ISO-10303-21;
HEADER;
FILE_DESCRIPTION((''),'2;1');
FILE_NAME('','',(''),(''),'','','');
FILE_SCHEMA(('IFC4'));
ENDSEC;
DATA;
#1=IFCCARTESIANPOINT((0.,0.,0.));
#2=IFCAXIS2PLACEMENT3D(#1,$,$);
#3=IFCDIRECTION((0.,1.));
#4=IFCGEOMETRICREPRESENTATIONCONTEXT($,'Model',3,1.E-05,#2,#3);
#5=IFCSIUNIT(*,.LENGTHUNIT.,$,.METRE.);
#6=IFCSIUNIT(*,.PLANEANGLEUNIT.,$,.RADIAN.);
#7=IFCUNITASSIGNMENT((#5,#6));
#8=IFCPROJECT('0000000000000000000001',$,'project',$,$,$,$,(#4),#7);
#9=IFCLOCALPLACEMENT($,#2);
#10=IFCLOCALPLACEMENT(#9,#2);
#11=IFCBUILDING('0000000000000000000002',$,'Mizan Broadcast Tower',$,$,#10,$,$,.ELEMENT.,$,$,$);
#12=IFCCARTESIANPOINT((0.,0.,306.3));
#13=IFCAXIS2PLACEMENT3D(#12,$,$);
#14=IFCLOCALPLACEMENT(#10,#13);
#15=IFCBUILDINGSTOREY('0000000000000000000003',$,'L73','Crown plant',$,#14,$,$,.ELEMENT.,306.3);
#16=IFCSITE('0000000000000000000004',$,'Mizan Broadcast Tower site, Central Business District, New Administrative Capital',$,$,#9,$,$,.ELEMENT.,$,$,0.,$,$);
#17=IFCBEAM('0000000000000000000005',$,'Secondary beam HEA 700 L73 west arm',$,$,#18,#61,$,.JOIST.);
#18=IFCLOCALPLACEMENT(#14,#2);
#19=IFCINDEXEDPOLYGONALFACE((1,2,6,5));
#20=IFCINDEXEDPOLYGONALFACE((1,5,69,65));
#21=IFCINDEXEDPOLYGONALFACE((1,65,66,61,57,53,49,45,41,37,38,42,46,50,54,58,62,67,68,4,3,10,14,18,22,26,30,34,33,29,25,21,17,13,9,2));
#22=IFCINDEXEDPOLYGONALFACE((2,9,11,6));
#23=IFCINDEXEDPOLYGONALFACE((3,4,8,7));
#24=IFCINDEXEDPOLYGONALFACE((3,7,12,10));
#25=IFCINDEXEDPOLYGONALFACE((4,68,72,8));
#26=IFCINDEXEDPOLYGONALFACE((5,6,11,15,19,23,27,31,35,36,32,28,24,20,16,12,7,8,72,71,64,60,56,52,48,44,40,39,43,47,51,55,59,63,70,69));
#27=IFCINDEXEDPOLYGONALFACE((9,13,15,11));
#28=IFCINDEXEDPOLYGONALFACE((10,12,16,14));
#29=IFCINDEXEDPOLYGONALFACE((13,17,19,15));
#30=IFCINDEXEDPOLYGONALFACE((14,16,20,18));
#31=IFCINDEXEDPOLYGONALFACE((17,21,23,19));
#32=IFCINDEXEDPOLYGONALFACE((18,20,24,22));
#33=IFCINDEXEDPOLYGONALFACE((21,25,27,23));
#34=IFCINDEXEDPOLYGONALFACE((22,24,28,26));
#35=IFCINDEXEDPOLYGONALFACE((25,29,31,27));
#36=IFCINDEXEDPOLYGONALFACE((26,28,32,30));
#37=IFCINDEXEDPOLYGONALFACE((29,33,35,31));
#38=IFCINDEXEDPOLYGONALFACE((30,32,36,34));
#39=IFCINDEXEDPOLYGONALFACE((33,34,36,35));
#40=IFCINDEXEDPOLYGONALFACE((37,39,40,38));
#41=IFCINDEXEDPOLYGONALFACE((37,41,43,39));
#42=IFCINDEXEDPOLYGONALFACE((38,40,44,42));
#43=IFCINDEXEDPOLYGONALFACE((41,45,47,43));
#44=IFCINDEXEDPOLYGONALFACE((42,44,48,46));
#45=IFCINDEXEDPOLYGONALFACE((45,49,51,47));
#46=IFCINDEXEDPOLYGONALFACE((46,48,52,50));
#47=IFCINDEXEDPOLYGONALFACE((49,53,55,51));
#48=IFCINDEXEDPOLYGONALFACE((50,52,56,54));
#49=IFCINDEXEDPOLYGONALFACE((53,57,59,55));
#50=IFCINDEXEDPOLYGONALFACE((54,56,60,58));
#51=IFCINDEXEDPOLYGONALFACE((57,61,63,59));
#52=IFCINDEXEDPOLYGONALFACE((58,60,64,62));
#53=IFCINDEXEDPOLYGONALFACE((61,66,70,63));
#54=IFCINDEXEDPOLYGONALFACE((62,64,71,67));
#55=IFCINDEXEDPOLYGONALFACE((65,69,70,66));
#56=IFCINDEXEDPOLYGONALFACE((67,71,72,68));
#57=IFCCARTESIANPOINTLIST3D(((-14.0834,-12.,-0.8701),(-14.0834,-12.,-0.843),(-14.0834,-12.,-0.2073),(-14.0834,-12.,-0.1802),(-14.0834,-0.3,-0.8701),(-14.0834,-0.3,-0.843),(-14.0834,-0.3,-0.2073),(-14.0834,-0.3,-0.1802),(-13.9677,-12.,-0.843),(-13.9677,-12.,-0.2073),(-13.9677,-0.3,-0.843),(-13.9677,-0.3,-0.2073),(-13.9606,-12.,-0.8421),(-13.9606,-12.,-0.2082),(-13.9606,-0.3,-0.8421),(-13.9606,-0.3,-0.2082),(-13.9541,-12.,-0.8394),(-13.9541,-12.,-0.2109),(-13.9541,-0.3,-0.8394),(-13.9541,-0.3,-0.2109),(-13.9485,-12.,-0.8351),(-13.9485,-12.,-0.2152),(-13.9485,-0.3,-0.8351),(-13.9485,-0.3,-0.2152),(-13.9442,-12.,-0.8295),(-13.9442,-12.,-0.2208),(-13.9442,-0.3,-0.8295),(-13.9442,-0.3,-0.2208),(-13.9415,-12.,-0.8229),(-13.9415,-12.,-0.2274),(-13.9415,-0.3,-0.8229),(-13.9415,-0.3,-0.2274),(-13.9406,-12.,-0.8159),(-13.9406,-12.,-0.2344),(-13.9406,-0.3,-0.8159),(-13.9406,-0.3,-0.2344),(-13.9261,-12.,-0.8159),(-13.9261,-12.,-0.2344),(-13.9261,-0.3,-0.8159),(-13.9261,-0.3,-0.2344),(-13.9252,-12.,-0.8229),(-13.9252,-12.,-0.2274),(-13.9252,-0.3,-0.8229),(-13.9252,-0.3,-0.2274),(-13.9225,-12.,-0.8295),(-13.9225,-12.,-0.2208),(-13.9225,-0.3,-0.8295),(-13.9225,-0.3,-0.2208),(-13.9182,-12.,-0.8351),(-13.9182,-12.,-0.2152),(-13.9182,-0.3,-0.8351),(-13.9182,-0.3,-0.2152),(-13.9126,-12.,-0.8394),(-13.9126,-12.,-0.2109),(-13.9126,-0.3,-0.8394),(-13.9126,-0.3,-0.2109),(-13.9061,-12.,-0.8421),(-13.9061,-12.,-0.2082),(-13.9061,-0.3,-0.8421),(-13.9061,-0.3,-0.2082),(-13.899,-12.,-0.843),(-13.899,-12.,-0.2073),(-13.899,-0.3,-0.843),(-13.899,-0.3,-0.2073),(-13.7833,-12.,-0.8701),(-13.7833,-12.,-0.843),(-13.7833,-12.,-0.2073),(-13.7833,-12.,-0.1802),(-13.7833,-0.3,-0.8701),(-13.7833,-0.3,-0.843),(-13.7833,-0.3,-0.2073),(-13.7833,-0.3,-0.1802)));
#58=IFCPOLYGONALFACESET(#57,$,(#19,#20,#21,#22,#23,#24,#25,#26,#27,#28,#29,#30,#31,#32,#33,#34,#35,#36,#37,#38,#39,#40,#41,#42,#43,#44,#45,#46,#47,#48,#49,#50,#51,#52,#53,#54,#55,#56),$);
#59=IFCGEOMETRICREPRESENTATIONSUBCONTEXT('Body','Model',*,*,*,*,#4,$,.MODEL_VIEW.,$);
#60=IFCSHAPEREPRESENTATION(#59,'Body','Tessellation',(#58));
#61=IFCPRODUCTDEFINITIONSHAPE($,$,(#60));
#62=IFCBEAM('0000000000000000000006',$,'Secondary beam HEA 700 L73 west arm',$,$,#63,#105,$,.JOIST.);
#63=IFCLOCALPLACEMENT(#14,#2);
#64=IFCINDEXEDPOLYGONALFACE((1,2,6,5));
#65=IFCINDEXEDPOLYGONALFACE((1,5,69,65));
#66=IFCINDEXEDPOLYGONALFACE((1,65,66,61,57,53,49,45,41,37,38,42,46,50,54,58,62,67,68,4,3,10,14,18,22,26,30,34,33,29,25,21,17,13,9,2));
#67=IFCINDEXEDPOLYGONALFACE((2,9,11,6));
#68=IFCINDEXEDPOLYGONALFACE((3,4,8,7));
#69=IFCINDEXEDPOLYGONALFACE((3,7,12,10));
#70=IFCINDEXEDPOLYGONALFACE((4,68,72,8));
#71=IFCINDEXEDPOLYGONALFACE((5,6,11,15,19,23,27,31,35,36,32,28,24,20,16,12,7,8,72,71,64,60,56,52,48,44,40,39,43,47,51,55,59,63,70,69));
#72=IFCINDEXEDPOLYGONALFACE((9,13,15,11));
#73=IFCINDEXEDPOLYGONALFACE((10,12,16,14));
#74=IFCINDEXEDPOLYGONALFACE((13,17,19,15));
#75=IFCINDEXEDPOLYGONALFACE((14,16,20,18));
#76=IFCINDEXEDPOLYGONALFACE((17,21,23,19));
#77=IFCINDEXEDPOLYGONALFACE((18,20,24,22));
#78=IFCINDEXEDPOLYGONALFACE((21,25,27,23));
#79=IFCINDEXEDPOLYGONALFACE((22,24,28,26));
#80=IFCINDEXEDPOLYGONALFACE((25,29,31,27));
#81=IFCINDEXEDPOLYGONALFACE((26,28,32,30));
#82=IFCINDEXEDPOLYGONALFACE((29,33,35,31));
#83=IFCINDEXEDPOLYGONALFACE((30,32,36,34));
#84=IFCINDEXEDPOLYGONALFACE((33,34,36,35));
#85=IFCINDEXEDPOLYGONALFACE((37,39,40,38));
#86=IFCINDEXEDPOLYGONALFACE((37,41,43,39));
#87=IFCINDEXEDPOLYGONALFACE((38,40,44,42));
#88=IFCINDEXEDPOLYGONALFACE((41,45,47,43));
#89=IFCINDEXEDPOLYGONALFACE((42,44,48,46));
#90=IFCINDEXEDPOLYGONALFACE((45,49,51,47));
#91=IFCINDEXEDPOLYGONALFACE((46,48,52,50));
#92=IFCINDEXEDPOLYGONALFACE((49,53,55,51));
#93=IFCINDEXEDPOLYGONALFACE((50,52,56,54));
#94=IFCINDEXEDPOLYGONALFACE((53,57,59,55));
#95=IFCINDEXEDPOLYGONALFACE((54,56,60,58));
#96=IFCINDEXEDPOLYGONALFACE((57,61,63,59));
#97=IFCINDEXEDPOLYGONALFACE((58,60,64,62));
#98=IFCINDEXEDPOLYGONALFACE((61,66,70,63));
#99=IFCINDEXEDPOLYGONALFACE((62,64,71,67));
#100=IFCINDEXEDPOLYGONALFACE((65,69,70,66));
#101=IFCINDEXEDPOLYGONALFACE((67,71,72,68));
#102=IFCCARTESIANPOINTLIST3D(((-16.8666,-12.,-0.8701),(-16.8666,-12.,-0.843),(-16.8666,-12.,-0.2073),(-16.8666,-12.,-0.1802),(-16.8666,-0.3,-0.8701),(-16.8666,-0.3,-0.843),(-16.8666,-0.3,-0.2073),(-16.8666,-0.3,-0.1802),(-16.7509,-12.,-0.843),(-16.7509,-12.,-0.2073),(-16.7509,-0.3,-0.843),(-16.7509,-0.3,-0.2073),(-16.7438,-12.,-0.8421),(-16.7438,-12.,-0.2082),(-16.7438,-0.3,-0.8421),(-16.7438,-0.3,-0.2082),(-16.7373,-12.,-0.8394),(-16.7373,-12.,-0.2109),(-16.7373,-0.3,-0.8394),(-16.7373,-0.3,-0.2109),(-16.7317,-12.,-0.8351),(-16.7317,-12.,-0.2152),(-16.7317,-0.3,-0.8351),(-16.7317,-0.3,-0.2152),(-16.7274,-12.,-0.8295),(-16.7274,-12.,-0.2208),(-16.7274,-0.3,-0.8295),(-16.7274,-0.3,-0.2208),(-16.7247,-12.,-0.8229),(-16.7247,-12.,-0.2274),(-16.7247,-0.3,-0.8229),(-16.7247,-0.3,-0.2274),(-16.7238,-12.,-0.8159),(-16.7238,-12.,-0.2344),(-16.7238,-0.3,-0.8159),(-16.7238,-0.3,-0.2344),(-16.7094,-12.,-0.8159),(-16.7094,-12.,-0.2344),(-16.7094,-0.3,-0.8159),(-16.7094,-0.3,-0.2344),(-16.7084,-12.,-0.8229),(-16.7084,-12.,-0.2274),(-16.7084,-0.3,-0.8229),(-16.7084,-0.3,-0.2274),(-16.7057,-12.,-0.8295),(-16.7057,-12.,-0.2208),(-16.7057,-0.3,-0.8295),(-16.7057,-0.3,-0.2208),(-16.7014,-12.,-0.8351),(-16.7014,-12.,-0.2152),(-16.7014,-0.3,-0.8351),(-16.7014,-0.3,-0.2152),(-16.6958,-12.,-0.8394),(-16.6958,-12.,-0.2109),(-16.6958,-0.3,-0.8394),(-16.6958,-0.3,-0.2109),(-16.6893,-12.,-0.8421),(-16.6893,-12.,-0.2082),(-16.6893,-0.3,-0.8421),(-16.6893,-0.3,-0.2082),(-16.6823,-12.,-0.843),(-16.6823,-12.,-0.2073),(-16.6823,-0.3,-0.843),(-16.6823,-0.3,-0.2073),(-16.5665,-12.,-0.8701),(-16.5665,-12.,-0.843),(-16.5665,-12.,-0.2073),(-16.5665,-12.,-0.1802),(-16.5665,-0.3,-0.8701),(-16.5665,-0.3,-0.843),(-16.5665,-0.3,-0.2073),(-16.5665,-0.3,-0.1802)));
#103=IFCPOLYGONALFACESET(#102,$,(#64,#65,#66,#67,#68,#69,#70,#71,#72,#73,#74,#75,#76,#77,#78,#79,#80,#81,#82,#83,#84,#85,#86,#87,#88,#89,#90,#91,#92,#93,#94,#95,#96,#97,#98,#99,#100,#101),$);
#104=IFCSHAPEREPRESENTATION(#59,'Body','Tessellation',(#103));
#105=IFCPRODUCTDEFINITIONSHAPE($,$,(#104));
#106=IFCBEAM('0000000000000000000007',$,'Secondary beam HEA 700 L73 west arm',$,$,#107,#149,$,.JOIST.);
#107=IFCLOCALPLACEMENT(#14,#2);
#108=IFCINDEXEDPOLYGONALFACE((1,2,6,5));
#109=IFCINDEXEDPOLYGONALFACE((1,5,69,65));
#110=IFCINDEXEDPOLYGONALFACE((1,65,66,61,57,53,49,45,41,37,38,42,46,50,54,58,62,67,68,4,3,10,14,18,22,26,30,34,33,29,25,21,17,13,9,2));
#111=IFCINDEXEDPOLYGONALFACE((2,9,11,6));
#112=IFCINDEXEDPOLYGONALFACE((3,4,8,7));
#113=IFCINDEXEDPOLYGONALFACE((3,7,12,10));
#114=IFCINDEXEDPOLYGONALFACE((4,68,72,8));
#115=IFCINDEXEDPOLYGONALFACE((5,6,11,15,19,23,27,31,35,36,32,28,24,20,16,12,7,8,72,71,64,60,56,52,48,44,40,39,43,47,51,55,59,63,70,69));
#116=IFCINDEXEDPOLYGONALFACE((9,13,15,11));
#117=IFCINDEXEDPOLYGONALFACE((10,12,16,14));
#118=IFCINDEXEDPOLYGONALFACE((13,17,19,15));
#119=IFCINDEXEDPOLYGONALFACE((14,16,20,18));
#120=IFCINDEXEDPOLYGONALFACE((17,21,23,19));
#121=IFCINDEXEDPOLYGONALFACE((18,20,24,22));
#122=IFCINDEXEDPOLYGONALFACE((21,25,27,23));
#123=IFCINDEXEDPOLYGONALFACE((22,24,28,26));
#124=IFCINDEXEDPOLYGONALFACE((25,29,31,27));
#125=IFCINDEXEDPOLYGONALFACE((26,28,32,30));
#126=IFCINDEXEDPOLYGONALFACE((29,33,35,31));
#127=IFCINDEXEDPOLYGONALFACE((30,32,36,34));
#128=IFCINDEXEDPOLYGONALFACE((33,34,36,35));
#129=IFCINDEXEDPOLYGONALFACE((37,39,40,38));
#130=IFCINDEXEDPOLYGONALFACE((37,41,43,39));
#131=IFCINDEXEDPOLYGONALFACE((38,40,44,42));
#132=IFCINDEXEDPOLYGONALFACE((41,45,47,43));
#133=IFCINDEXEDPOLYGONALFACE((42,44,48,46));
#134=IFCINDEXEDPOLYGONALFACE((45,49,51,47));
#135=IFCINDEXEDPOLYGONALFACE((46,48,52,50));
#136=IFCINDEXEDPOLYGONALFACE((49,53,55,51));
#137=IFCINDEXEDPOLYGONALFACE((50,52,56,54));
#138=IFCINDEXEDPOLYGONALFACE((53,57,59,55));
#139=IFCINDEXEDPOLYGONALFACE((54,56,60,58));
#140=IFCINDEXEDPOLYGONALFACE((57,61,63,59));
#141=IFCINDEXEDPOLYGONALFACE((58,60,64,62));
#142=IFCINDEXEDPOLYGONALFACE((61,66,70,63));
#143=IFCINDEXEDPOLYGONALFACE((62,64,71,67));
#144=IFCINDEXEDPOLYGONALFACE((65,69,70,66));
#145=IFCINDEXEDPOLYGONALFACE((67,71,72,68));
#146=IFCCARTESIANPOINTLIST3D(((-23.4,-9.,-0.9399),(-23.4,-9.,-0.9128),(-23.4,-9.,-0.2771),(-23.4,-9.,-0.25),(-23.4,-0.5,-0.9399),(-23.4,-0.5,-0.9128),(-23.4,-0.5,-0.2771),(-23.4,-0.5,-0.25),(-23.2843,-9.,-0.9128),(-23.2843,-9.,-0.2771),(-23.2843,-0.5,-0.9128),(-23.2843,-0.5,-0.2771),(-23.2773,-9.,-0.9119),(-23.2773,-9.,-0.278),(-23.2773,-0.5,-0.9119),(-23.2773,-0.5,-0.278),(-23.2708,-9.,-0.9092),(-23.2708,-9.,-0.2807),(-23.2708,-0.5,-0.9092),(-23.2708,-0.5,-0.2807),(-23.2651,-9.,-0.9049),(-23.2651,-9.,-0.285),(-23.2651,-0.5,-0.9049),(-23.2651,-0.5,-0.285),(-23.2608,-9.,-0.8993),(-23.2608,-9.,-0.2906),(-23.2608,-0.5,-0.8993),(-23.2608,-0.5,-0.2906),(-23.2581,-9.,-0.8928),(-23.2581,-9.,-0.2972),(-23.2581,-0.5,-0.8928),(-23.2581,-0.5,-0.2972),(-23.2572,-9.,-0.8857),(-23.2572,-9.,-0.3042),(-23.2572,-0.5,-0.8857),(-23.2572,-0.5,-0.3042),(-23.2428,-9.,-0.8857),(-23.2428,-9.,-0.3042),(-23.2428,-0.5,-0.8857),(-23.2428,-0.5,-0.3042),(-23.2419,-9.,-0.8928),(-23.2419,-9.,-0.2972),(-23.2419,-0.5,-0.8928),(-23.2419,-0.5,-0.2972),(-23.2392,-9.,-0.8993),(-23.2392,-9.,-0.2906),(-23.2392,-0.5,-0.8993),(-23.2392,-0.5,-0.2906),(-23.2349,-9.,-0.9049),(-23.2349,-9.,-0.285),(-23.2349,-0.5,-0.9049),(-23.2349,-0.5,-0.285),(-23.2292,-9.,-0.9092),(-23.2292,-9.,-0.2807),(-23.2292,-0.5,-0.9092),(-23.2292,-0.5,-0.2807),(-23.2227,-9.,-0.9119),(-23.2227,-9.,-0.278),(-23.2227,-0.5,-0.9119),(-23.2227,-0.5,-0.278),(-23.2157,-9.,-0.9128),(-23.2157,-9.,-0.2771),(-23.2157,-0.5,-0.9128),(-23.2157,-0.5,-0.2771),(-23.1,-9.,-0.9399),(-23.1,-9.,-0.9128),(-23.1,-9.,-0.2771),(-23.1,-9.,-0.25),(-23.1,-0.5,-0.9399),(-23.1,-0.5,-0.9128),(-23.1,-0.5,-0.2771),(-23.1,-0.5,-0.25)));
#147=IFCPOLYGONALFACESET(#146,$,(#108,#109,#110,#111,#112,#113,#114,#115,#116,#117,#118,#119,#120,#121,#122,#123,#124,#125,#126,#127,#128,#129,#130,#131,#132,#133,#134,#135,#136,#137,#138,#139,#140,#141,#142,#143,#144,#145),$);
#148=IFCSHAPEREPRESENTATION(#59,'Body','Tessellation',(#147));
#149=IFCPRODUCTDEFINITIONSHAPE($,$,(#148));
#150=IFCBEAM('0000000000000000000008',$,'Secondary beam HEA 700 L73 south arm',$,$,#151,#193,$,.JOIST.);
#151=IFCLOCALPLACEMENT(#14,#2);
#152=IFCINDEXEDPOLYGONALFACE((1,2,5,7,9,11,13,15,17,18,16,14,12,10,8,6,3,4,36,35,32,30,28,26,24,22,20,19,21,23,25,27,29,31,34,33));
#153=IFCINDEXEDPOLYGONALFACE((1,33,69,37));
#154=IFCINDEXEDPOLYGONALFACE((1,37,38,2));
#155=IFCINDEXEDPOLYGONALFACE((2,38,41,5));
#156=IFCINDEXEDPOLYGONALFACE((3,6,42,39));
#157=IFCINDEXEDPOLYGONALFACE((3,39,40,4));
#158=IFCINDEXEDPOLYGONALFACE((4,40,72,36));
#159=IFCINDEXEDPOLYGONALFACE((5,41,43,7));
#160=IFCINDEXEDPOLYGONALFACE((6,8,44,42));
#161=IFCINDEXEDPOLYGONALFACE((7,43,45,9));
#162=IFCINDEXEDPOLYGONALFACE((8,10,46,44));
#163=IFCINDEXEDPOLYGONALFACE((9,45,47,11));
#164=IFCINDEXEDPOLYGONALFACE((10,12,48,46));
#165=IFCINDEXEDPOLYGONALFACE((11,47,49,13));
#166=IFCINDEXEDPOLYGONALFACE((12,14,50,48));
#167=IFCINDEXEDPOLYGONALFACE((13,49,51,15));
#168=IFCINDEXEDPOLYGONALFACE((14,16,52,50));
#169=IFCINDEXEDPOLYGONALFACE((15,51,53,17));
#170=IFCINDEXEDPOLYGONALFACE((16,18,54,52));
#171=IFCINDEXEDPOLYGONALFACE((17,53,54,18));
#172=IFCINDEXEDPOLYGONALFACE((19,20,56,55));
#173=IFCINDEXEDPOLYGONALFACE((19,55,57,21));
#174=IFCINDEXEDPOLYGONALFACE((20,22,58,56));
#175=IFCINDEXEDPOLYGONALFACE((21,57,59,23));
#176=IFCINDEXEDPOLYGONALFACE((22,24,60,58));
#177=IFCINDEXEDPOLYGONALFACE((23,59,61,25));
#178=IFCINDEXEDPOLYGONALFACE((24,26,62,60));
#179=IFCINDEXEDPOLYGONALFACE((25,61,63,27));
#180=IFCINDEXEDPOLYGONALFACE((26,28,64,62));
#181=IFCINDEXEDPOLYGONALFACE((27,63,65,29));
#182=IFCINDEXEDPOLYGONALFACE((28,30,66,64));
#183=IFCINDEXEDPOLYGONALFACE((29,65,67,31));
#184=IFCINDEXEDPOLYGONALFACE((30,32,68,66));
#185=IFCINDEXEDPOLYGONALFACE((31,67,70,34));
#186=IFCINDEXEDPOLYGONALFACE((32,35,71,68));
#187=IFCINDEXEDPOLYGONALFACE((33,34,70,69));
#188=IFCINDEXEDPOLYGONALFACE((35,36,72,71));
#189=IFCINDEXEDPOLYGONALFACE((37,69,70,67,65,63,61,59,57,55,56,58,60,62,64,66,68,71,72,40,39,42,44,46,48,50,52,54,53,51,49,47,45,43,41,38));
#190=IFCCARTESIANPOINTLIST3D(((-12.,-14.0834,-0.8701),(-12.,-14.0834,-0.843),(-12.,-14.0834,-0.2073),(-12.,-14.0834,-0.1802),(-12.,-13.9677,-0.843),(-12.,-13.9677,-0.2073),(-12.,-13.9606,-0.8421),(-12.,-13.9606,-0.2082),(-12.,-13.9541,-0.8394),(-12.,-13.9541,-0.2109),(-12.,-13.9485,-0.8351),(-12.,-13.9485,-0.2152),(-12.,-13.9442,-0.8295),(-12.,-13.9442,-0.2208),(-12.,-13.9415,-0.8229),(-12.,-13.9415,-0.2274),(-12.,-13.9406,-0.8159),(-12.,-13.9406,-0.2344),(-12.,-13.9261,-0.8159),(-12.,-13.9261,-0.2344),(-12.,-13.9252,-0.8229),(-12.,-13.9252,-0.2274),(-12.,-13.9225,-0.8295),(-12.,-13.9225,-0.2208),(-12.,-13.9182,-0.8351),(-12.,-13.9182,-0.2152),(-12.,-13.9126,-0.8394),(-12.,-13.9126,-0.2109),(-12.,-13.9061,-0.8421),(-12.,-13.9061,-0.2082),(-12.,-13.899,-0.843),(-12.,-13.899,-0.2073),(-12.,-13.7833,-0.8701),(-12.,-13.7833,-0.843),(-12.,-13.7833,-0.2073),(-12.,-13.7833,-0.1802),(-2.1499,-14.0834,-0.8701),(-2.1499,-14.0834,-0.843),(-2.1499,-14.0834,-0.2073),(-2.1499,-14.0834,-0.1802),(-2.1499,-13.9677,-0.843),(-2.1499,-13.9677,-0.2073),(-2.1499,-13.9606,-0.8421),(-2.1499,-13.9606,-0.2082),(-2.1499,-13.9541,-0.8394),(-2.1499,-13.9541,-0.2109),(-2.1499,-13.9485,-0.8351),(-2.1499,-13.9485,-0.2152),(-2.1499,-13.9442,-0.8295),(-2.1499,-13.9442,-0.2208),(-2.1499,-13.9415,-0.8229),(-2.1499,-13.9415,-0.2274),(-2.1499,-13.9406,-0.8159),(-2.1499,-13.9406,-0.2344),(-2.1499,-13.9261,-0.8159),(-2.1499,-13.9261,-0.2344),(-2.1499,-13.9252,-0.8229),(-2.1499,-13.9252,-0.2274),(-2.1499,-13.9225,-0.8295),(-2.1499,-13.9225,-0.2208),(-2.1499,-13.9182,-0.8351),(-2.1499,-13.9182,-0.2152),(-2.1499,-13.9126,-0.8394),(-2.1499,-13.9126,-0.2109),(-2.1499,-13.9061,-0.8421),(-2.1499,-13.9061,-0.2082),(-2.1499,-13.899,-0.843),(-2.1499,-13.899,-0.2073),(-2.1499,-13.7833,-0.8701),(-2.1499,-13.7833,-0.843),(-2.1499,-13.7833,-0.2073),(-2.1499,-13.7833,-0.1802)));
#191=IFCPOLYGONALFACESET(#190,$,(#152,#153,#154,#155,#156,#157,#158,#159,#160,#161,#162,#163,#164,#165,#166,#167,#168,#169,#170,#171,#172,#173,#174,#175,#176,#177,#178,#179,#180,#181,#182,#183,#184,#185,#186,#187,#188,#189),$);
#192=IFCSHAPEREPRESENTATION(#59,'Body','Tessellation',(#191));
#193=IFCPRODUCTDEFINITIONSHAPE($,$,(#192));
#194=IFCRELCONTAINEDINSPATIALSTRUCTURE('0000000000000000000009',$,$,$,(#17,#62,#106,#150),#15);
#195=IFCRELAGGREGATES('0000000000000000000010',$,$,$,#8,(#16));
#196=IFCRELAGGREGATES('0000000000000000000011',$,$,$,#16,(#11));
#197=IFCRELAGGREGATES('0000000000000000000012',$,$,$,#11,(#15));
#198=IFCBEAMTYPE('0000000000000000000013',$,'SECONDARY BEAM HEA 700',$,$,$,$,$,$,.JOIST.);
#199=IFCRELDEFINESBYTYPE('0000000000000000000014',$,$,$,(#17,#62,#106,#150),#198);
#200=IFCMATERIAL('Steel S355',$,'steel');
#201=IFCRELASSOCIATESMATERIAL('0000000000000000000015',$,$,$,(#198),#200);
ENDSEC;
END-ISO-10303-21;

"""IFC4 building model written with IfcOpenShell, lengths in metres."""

from ifc_helpers import new_model, si_unit, direction, frame, origin, origin_2d, place, context, subcontext, project, spatial, i_section, extrude, material, material_profile, profile_set, type_object, element, save


model = new_model("IFC4")

# Units and contexts
model_context = context("Model", 3, precision=1e-05, world=origin(), true_north=direction((0.0, 1.0)))
body_context = subcontext(model_context, "Body", "Model", "MODEL_VIEW")
ifc_project = project(units=[si_unit("LENGTHUNIT", "METRE"), si_unit("PLANEANGLEUNIT", "RADIAN")], contexts=[model_context])

# Site, building, storey
site_placement = place(None, origin())
site = spatial("IfcSite", under=ifc_project, at=site_placement, Name="Mizan Broadcast Tower site, Central Business District, New Administrative Capital", CompositionType="ELEMENT", RefElevation=0.0)
building_placement = place(site_placement, origin())
building = spatial("IfcBuilding", under=site, at=building_placement, Name="Mizan Broadcast Tower", CompositionType="ELEMENT")
storey_placement = place(building_placement, frame((0.0, 0.0, 306.3)))
storey = spatial("IfcBuildingStorey", under=building, at=storey_placement, Name="L73", Description="Crown plant", CompositionType="ELEMENT", Elevation=306.3)

# Beams
ifc_material_1 = material(Name="Steel S355", Category="steel")
ifc_material_profile_1 = material_profile(ifc_material_1, i_section(OverallWidth=0.3, OverallDepth=0.6899, WebThickness=0.0144, FlangeThickness=0.0271, FilletRadius=0.0271, at=origin_2d()), Name="HEA 700")
ifc_profile_set_1 = profile_set([ifc_material_profile_1], Name="Steel S355")
beam_type_1 = type_object("IfcBeamType", Name="SECONDARY BEAM HEA 700", PredefinedType="JOIST", material=ifc_profile_set_1)
for number, where, z_axis, x_axis, name in (
    (1, (-13.9333, -12.0, -0.5251), (0.0, 1.0, 0.0), (-1.0, 0.0, 0.0), "Secondary beam HEA 700 L73 west arm"),
    (2, (-16.7166, -12.0, -0.5251), (0.0, 1.0, 0.0), (-1.0, 0.0, 0.0), "Secondary beam HEA 700 L73 west arm"),
):
    element("IfcBeam", number, at=place(storey_placement, frame(where, z_axis=z_axis, x_axis=x_axis)), inside=storey, type_object=beam_type_1, Name=name, PredefinedType="JOIST", context=body_context, shape_type="SweptSolid", body=[
        extrude(i_section(OverallWidth=0.3, OverallDepth=0.6899, WebThickness=0.0144, FlangeThickness=0.0271, FilletRadius=0.0271, at=origin_2d()), origin(), (0.0, 0.0, 1.0), 11.7),
    ])
beam_1_placement = place(storey_placement, frame((-23.25, -9.0, -0.595), z_axis=(0.0, 1.0, 0.0), x_axis=(-1.0, 0.0, 0.0)))
element("IfcBeam", 3, at=beam_1_placement, inside=storey, type_object=beam_type_1, Name="Secondary beam HEA 700 L73 west arm", PredefinedType="JOIST", context=body_context, shape_type="SweptSolid", body=[
    extrude(i_section(OverallWidth=0.3, OverallDepth=0.6899, WebThickness=0.0144, FlangeThickness=0.0271, FilletRadius=0.0271, at=origin_2d()), origin(), (0.0, 0.0, 1.0), 8.5),
])
for number, where, z_axis, x_axis, name in (
    (4, (-12.0, -13.9333, -0.5251), (1.0, 0.0, 0.0), (0.0, 1.0, 0.0), "Secondary beam HEA 700 L73 south arm"),
):
    element("IfcBeam", number, at=place(storey_placement, frame(where, z_axis=z_axis, x_axis=x_axis)), inside=storey, type_object=beam_type_1, Name=name, PredefinedType="JOIST", context=body_context, shape_type="SweptSolid", body=[
        extrude(i_section(OverallWidth=0.3, OverallDepth=0.6899, WebThickness=0.0144, FlangeThickness=0.0271, FilletRadius=0.0271, at=origin_2d()), origin(), (0.0, 0.0, 1.0), 9.8501),
    ])

save(model, "model.ifc")
